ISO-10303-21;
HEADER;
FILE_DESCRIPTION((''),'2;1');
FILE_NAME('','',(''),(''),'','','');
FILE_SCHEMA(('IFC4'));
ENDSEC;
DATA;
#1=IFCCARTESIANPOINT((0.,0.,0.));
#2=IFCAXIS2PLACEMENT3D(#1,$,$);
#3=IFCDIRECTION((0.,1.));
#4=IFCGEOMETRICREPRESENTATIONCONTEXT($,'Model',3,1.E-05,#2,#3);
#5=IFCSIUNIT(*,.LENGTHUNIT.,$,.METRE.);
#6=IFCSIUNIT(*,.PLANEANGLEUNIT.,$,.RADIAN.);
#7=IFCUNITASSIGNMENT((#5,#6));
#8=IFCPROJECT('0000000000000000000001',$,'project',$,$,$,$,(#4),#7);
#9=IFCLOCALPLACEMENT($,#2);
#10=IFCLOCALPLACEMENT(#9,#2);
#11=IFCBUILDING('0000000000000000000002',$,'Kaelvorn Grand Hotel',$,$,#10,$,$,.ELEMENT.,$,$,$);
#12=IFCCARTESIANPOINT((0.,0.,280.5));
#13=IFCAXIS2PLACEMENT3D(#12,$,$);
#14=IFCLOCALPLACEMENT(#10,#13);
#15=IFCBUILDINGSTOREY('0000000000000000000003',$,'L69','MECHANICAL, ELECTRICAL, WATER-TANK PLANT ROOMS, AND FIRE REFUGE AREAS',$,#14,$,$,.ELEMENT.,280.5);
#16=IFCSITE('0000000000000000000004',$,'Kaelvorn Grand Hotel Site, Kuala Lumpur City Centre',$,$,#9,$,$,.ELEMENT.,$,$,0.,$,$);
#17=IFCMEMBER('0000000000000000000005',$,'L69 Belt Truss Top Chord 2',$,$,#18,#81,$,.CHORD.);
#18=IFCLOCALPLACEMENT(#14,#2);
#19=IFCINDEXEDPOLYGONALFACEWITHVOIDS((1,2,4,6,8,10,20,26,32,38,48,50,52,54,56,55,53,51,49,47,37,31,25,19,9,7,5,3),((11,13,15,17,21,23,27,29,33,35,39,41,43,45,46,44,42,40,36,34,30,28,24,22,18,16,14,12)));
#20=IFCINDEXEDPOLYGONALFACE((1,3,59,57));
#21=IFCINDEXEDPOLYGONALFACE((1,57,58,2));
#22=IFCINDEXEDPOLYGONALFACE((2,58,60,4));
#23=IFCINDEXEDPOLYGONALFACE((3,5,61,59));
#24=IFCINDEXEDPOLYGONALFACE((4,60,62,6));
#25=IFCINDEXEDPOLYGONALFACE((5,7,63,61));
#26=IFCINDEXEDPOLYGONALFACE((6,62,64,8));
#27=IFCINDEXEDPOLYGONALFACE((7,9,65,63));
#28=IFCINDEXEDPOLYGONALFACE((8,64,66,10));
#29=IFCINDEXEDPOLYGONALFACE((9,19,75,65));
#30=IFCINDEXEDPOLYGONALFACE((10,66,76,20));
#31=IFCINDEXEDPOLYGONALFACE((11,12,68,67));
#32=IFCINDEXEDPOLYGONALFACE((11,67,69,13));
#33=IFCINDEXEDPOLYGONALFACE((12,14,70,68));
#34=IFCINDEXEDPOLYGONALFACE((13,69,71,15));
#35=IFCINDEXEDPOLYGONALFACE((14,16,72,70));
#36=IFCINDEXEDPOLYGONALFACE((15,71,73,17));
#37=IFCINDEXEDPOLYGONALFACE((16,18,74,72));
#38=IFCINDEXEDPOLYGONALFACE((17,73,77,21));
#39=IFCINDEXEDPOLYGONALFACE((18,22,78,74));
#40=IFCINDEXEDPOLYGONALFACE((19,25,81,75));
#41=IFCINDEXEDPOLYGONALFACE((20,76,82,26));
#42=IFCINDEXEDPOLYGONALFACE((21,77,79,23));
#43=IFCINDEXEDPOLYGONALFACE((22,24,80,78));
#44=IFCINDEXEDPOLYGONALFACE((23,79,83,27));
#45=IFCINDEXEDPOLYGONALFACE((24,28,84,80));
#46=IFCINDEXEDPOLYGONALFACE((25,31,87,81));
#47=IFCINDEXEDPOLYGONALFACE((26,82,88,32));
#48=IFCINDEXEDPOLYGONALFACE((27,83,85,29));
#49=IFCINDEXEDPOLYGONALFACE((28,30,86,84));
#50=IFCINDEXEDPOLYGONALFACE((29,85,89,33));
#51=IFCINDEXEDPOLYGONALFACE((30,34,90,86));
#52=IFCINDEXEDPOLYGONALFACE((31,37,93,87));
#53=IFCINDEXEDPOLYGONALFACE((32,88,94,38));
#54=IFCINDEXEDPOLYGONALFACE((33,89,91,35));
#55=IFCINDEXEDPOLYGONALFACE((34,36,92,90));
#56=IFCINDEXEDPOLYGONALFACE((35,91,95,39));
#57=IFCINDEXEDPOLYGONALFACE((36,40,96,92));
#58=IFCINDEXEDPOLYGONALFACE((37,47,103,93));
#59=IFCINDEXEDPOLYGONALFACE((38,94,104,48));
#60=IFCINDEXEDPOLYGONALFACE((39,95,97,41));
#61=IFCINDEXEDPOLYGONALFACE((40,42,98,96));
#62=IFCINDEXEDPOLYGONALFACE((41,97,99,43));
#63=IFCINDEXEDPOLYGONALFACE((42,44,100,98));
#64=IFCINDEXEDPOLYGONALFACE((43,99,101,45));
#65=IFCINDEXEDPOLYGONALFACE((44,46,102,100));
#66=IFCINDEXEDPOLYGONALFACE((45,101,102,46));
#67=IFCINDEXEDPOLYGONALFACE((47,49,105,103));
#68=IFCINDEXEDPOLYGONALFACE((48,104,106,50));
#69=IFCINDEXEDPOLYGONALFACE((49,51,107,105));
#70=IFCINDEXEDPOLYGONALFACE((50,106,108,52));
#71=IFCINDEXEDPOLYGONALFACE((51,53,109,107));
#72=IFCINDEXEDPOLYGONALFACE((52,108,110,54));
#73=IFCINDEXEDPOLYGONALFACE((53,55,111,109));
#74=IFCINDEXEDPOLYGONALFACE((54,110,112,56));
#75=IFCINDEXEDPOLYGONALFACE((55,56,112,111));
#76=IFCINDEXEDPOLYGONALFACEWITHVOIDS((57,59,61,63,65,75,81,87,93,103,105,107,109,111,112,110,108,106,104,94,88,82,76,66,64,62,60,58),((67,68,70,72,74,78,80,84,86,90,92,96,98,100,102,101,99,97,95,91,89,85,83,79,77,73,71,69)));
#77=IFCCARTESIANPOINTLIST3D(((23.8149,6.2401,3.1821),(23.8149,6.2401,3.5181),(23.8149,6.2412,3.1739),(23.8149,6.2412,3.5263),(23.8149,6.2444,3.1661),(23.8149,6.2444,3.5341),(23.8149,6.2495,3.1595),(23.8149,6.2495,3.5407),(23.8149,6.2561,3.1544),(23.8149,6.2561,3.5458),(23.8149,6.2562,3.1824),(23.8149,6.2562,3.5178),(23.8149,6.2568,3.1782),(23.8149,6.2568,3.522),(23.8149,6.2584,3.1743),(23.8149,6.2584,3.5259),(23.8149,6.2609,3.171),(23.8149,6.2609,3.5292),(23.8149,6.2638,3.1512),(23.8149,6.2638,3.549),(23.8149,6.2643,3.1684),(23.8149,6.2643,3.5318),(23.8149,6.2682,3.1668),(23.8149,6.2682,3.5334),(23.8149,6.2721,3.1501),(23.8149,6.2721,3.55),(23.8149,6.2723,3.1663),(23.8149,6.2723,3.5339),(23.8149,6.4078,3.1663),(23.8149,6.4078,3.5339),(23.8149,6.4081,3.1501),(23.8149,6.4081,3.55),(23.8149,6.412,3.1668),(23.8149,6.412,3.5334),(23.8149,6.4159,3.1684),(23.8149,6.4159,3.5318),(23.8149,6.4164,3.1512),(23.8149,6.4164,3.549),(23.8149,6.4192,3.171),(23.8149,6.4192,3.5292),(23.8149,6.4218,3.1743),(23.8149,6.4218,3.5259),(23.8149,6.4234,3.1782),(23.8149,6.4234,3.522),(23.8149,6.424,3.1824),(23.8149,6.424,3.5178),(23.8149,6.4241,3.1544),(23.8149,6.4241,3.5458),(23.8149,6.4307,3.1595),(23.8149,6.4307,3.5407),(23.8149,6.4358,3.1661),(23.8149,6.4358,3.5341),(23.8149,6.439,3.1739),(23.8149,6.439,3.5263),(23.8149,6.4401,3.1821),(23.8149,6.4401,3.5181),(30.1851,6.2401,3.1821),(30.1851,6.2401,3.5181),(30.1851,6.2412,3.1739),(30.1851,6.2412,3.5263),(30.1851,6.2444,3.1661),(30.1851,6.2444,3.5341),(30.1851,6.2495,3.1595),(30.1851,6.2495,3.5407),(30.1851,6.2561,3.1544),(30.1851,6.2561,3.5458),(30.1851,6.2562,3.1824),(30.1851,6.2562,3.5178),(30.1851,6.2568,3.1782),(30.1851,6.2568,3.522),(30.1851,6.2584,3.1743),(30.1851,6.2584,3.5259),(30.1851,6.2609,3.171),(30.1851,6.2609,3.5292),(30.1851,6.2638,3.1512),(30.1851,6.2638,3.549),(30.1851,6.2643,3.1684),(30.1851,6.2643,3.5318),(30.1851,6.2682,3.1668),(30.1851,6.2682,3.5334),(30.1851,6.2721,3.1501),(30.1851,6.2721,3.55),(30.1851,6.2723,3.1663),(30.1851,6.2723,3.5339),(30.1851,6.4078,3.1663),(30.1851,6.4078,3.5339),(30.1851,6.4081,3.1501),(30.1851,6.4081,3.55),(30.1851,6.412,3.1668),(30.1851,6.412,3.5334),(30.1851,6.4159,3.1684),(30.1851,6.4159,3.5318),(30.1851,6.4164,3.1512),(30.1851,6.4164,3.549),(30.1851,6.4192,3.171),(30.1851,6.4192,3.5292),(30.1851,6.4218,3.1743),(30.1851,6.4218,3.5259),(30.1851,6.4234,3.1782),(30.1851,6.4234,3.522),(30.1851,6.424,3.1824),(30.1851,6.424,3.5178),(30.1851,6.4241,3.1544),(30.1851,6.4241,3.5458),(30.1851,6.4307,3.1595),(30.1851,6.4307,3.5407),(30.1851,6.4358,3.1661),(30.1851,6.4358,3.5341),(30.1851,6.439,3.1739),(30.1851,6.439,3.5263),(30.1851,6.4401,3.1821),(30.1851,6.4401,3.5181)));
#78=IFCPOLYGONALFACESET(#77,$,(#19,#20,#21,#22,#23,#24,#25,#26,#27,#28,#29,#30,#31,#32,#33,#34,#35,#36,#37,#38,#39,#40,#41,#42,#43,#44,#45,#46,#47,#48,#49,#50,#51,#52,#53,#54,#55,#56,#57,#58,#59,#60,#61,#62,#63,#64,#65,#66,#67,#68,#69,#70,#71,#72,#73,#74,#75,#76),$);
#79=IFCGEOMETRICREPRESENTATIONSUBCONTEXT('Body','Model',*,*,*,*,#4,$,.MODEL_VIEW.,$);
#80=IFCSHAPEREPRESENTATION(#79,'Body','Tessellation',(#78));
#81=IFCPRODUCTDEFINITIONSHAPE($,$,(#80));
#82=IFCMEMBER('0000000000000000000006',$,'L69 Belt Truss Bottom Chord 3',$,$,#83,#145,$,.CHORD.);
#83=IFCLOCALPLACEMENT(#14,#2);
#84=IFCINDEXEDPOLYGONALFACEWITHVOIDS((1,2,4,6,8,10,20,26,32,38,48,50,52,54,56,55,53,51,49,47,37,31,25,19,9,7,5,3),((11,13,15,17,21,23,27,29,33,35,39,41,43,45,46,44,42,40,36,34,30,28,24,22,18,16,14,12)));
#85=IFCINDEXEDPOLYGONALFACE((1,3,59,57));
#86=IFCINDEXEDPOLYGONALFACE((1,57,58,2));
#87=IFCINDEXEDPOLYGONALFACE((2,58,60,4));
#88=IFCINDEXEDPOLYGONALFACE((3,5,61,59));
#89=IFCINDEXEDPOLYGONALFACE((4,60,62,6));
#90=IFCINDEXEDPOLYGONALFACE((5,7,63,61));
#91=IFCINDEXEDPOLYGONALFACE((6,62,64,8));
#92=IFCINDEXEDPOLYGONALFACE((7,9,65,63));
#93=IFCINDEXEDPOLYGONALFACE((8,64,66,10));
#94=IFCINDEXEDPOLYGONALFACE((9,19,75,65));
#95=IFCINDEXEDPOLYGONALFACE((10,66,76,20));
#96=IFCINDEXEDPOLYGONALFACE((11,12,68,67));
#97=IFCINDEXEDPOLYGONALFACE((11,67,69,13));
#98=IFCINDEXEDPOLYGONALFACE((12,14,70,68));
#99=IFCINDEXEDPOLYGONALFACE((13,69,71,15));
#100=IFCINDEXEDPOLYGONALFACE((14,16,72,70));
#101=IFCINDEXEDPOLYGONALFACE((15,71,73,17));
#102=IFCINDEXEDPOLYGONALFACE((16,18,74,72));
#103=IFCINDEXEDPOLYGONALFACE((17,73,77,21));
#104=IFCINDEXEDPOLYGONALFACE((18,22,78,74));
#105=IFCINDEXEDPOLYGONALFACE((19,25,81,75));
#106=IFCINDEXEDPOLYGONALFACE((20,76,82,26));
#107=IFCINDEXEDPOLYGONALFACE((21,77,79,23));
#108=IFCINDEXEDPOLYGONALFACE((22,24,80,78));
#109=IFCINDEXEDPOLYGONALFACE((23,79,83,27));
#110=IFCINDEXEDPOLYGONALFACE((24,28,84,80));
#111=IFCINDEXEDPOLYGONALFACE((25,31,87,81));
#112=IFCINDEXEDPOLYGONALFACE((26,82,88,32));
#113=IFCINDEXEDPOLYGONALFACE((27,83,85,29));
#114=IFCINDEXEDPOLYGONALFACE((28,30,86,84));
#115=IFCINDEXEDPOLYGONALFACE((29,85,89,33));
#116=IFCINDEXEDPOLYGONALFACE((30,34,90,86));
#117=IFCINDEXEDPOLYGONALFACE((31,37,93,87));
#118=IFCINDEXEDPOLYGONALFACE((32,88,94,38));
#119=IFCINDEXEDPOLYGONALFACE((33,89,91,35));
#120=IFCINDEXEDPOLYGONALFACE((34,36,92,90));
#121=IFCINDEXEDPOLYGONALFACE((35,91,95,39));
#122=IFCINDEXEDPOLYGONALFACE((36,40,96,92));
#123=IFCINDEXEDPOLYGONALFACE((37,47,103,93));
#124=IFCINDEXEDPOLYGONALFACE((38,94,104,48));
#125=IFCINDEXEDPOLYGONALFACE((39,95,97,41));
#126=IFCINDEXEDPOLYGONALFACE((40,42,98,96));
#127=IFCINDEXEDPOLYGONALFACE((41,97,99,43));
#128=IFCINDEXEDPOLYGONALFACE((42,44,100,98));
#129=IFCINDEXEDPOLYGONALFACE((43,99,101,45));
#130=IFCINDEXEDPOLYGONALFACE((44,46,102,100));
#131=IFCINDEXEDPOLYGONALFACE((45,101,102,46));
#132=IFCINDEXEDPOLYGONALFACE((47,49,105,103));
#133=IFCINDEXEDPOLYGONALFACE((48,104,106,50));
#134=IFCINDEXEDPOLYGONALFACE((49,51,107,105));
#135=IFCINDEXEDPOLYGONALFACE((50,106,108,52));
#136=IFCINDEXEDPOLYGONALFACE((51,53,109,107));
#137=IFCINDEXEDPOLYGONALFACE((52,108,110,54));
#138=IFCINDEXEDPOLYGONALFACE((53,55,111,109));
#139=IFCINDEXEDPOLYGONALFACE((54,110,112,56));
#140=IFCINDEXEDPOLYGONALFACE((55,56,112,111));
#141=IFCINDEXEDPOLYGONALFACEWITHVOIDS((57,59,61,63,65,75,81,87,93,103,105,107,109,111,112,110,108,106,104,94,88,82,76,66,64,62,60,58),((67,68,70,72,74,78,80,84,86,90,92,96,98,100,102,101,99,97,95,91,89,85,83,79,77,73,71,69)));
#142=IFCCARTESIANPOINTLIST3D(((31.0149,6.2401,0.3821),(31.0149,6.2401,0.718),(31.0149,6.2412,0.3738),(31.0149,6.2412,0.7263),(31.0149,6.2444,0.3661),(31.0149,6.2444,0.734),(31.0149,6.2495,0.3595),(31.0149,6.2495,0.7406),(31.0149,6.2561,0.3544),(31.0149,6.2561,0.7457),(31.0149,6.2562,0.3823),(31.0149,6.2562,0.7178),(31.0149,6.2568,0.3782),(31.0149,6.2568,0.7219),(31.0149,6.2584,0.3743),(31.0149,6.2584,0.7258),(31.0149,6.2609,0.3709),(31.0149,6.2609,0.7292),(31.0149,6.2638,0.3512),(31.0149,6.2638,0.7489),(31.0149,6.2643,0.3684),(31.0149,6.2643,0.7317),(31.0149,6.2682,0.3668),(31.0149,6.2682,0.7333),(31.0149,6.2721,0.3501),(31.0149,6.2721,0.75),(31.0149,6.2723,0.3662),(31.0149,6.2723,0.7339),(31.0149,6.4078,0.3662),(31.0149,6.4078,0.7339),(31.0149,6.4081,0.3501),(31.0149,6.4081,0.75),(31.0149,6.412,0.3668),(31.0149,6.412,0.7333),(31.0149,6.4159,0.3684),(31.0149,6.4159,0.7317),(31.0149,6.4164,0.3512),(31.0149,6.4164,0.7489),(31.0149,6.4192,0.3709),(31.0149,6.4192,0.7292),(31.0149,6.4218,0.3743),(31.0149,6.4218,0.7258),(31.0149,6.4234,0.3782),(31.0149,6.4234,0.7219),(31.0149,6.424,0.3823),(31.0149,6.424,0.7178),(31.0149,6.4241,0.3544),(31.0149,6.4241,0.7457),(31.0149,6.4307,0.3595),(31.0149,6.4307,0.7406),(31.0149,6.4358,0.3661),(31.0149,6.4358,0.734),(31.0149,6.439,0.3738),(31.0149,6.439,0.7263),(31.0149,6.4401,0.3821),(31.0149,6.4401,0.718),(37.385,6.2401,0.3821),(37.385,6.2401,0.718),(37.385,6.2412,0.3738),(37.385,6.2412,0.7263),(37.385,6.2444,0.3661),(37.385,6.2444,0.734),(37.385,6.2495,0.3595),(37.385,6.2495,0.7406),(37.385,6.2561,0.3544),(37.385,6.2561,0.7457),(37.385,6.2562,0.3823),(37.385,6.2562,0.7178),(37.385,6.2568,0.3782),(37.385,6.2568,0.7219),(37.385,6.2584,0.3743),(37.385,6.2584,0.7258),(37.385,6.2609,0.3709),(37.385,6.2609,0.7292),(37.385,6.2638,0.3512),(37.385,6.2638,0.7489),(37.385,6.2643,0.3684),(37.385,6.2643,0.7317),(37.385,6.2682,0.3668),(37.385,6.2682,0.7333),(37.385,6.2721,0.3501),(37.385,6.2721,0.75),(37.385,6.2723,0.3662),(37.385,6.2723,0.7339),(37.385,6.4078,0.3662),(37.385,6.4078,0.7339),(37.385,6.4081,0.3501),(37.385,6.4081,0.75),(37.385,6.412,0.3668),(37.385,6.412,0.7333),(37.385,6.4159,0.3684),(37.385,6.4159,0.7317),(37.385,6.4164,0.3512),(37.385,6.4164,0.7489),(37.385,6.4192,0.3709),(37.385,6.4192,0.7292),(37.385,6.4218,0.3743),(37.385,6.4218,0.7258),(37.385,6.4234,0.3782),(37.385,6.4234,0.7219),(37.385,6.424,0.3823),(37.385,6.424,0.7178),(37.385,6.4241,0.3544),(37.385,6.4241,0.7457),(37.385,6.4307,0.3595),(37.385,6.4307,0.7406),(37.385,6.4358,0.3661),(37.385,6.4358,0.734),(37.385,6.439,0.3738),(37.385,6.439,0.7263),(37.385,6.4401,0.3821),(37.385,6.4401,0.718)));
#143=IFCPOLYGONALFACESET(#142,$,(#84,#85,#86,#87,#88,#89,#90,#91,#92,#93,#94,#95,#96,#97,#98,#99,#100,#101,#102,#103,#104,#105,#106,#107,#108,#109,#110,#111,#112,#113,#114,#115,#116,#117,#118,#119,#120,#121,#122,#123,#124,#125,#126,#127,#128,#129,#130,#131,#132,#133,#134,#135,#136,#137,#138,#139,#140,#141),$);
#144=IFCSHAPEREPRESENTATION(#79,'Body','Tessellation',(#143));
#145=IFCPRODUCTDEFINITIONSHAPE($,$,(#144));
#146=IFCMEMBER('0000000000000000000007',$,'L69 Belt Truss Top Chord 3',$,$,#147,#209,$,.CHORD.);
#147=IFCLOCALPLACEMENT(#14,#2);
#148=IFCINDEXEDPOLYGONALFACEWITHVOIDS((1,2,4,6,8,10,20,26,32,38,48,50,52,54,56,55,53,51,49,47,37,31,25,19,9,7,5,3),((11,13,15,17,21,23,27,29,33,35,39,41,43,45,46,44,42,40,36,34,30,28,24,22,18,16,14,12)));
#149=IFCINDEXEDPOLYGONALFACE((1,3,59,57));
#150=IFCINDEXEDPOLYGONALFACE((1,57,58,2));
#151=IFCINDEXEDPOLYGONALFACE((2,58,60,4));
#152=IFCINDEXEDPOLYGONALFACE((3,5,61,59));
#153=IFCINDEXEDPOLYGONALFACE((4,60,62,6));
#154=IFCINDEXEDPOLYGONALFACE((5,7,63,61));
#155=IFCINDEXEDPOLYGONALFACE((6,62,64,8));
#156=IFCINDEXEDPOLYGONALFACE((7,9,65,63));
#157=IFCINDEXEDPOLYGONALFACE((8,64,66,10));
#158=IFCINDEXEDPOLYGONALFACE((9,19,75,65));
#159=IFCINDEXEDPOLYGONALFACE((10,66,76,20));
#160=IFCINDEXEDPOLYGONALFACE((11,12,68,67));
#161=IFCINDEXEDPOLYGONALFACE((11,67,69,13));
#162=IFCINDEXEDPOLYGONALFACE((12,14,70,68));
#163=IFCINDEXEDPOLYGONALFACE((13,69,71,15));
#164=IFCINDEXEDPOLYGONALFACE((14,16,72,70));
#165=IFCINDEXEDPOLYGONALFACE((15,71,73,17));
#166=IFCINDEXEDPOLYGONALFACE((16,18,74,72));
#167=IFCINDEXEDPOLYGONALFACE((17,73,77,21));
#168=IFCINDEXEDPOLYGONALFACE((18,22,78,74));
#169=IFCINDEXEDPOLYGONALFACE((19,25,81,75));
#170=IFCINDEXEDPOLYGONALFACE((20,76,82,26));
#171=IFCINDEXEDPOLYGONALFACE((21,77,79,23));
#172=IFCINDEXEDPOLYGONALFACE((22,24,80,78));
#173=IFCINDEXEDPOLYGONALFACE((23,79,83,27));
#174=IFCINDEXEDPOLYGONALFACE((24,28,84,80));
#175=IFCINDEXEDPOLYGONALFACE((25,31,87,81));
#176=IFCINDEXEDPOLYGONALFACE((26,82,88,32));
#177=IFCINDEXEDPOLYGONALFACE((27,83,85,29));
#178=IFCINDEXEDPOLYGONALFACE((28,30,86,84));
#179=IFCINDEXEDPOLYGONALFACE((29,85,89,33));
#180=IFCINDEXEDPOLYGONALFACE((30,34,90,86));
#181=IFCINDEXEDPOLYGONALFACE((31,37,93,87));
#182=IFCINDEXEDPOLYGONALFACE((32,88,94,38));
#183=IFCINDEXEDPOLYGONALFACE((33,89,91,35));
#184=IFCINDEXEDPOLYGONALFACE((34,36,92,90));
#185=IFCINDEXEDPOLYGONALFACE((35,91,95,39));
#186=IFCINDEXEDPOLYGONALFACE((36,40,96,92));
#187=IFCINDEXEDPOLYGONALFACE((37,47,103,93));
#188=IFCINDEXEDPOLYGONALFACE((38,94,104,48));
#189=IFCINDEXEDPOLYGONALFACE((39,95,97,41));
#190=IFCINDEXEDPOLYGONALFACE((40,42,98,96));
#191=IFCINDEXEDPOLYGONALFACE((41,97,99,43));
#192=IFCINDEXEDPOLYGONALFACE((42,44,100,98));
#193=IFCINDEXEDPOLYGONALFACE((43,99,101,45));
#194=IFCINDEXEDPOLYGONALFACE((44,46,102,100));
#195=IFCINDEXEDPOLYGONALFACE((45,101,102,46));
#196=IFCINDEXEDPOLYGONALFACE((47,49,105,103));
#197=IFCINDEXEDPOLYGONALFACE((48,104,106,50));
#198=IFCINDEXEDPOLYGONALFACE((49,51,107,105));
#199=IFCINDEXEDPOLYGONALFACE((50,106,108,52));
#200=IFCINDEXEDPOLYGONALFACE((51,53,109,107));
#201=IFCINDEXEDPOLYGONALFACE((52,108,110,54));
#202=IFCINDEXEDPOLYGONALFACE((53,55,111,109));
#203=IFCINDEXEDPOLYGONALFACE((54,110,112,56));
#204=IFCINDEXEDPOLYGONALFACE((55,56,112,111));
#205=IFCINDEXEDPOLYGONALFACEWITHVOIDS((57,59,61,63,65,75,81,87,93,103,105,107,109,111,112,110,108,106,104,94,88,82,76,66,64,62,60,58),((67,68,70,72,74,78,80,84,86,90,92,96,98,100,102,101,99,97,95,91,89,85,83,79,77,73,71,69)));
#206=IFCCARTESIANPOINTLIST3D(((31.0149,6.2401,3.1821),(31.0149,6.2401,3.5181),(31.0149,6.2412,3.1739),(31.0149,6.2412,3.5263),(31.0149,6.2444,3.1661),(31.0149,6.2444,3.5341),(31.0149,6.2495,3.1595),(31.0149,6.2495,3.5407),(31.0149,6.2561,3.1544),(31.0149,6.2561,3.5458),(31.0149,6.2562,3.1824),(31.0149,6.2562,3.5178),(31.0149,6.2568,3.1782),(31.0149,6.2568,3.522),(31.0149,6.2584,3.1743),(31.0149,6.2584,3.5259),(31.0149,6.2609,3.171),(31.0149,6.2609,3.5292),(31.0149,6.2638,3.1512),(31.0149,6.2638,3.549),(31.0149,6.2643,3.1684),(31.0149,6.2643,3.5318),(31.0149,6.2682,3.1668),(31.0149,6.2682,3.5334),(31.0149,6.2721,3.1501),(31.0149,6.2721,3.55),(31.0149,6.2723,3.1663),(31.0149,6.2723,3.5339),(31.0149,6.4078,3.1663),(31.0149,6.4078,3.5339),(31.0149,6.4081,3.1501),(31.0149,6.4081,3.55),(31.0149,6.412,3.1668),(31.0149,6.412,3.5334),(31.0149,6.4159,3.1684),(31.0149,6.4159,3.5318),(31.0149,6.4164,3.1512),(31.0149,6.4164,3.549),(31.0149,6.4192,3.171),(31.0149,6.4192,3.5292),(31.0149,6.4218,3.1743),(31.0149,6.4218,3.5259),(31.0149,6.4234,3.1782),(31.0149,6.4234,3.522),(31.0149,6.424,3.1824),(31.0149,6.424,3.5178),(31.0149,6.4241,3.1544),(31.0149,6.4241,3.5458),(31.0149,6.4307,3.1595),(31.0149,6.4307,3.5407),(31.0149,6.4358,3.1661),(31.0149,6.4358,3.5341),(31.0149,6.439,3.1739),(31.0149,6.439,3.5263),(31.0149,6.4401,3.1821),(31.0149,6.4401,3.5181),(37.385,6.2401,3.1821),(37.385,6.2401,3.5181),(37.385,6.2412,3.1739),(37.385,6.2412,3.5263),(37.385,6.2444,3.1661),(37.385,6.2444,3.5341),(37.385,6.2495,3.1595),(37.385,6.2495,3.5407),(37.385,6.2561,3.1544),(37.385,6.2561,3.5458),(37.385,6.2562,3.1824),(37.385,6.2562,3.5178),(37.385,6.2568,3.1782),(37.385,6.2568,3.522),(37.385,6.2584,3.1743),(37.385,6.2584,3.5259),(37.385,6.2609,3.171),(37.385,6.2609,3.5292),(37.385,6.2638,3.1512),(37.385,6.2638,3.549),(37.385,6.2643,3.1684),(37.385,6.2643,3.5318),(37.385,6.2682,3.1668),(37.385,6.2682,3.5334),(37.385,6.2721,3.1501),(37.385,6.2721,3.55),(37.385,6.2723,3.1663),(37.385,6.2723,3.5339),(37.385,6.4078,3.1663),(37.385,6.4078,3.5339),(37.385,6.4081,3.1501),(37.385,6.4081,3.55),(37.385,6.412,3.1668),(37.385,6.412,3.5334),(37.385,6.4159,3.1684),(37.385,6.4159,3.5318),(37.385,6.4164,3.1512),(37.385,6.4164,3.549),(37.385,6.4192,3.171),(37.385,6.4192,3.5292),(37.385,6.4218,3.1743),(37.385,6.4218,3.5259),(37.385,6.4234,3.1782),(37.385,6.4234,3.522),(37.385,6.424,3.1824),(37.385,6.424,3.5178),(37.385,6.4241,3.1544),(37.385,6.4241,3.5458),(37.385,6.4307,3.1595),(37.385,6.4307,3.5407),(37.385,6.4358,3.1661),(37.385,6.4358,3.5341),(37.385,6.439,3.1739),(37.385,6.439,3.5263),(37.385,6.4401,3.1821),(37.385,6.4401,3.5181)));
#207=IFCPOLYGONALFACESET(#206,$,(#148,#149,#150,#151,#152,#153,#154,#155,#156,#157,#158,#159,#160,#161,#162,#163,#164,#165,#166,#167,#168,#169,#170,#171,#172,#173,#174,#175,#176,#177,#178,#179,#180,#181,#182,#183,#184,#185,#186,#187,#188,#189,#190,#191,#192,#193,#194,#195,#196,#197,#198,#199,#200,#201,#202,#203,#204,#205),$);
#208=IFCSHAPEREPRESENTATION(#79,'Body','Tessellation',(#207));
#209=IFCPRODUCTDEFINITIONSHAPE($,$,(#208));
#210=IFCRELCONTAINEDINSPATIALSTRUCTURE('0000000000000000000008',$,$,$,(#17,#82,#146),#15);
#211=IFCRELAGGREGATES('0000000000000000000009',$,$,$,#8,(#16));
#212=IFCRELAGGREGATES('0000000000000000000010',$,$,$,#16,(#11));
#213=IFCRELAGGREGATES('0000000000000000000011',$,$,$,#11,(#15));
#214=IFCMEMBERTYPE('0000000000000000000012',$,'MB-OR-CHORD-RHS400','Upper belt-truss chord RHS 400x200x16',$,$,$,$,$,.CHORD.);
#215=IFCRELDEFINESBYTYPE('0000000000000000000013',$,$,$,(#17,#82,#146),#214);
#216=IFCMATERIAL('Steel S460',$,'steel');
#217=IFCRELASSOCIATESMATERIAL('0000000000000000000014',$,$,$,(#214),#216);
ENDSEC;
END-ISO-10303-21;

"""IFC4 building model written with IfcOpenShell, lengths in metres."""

from ifc_helpers import new_model, si_unit, direction, frame, origin, origin_2d, place, context, subcontext, project, spatial, hollow_rectangle, extrude, material, material_profile, profile_set, type_object, element, save


model = new_model("IFC4")

# Units and contexts
model_context = context("Model", 3, precision=1e-05, world=origin(), true_north=direction((0.0, 1.0)))
body_context = subcontext(model_context, "Body", "Model", "MODEL_VIEW")
ifc_project = project(units=[si_unit("LENGTHUNIT", "METRE"), si_unit("PLANEANGLEUNIT", "RADIAN")], contexts=[model_context])

# Site, building, storey
site_placement = place(None, origin())
site = spatial("IfcSite", under=ifc_project, at=site_placement, Name="Kaelvorn Grand Hotel Site, Kuala Lumpur City Centre", CompositionType="ELEMENT", RefElevation=0.0)
building_placement = place(site_placement, origin())
building = spatial("IfcBuilding", under=site, at=building_placement, Name="Kaelvorn Grand Hotel", CompositionType="ELEMENT")
storey_placement = place(building_placement, frame((0.0, 0.0, 280.5)))
storey = spatial("IfcBuildingStorey", under=building, at=storey_placement, Name="L69", Description="MECHANICAL, ELECTRICAL, WATER-TANK PLANT ROOMS, AND FIRE REFUGE AREAS", CompositionType="ELEMENT", Elevation=280.5)

# Members
ifc_material_1 = material(Name="Steel S460", Category="steel")
ifc_material_profile_1 = material_profile(ifc_material_1, hollow_rectangle(XDim=0.2, YDim=0.3999, WallThickness=0.0161, InnerFilletRadius=0.0161, OuterFilletRadius=0.032, at=origin_2d()), Name="RHS 400x200x16.0")
ifc_profile_set_1 = profile_set([ifc_material_profile_1], Name="Steel S460")
member_type_1 = type_object("IfcMemberType", Name="MB-OR-CHORD-RHS400", Description="Upper belt-truss chord RHS 400x200x16", PredefinedType="CHORD", material=ifc_profile_set_1)
for number, where, z_axis, x_axis, name in (
    (1, (23.8149, 6.3401, 3.3501), (1.0, 0.0, 0.0), (0.0, 1.0, 0.0), "L69 Belt Truss Top Chord 2"),
    (2, (31.0149, 6.3401, 0.55), (1.0, 0.0, 0.0), (0.0, 1.0, 0.0), "L69 Belt Truss Bottom Chord 3"),
    (3, (31.0149, 6.3401, 3.3501), (1.0, 0.0, 0.0), (0.0, 1.0, 0.0), "L69 Belt Truss Top Chord 3"),
):
    element("IfcMember", number, at=place(storey_placement, frame(where, z_axis=z_axis, x_axis=x_axis)), inside=storey, type_object=member_type_1, Name=name, PredefinedType="CHORD", context=body_context, shape_type="SweptSolid", body=[
        extrude(hollow_rectangle(XDim=0.2, YDim=0.3999, WallThickness=0.0161, InnerFilletRadius=0.0161, OuterFilletRadius=0.032, at=origin_2d()), origin(), (0.0, 0.0, 1.0), 6.3701),
    ])

save(model, "model.ifc")
